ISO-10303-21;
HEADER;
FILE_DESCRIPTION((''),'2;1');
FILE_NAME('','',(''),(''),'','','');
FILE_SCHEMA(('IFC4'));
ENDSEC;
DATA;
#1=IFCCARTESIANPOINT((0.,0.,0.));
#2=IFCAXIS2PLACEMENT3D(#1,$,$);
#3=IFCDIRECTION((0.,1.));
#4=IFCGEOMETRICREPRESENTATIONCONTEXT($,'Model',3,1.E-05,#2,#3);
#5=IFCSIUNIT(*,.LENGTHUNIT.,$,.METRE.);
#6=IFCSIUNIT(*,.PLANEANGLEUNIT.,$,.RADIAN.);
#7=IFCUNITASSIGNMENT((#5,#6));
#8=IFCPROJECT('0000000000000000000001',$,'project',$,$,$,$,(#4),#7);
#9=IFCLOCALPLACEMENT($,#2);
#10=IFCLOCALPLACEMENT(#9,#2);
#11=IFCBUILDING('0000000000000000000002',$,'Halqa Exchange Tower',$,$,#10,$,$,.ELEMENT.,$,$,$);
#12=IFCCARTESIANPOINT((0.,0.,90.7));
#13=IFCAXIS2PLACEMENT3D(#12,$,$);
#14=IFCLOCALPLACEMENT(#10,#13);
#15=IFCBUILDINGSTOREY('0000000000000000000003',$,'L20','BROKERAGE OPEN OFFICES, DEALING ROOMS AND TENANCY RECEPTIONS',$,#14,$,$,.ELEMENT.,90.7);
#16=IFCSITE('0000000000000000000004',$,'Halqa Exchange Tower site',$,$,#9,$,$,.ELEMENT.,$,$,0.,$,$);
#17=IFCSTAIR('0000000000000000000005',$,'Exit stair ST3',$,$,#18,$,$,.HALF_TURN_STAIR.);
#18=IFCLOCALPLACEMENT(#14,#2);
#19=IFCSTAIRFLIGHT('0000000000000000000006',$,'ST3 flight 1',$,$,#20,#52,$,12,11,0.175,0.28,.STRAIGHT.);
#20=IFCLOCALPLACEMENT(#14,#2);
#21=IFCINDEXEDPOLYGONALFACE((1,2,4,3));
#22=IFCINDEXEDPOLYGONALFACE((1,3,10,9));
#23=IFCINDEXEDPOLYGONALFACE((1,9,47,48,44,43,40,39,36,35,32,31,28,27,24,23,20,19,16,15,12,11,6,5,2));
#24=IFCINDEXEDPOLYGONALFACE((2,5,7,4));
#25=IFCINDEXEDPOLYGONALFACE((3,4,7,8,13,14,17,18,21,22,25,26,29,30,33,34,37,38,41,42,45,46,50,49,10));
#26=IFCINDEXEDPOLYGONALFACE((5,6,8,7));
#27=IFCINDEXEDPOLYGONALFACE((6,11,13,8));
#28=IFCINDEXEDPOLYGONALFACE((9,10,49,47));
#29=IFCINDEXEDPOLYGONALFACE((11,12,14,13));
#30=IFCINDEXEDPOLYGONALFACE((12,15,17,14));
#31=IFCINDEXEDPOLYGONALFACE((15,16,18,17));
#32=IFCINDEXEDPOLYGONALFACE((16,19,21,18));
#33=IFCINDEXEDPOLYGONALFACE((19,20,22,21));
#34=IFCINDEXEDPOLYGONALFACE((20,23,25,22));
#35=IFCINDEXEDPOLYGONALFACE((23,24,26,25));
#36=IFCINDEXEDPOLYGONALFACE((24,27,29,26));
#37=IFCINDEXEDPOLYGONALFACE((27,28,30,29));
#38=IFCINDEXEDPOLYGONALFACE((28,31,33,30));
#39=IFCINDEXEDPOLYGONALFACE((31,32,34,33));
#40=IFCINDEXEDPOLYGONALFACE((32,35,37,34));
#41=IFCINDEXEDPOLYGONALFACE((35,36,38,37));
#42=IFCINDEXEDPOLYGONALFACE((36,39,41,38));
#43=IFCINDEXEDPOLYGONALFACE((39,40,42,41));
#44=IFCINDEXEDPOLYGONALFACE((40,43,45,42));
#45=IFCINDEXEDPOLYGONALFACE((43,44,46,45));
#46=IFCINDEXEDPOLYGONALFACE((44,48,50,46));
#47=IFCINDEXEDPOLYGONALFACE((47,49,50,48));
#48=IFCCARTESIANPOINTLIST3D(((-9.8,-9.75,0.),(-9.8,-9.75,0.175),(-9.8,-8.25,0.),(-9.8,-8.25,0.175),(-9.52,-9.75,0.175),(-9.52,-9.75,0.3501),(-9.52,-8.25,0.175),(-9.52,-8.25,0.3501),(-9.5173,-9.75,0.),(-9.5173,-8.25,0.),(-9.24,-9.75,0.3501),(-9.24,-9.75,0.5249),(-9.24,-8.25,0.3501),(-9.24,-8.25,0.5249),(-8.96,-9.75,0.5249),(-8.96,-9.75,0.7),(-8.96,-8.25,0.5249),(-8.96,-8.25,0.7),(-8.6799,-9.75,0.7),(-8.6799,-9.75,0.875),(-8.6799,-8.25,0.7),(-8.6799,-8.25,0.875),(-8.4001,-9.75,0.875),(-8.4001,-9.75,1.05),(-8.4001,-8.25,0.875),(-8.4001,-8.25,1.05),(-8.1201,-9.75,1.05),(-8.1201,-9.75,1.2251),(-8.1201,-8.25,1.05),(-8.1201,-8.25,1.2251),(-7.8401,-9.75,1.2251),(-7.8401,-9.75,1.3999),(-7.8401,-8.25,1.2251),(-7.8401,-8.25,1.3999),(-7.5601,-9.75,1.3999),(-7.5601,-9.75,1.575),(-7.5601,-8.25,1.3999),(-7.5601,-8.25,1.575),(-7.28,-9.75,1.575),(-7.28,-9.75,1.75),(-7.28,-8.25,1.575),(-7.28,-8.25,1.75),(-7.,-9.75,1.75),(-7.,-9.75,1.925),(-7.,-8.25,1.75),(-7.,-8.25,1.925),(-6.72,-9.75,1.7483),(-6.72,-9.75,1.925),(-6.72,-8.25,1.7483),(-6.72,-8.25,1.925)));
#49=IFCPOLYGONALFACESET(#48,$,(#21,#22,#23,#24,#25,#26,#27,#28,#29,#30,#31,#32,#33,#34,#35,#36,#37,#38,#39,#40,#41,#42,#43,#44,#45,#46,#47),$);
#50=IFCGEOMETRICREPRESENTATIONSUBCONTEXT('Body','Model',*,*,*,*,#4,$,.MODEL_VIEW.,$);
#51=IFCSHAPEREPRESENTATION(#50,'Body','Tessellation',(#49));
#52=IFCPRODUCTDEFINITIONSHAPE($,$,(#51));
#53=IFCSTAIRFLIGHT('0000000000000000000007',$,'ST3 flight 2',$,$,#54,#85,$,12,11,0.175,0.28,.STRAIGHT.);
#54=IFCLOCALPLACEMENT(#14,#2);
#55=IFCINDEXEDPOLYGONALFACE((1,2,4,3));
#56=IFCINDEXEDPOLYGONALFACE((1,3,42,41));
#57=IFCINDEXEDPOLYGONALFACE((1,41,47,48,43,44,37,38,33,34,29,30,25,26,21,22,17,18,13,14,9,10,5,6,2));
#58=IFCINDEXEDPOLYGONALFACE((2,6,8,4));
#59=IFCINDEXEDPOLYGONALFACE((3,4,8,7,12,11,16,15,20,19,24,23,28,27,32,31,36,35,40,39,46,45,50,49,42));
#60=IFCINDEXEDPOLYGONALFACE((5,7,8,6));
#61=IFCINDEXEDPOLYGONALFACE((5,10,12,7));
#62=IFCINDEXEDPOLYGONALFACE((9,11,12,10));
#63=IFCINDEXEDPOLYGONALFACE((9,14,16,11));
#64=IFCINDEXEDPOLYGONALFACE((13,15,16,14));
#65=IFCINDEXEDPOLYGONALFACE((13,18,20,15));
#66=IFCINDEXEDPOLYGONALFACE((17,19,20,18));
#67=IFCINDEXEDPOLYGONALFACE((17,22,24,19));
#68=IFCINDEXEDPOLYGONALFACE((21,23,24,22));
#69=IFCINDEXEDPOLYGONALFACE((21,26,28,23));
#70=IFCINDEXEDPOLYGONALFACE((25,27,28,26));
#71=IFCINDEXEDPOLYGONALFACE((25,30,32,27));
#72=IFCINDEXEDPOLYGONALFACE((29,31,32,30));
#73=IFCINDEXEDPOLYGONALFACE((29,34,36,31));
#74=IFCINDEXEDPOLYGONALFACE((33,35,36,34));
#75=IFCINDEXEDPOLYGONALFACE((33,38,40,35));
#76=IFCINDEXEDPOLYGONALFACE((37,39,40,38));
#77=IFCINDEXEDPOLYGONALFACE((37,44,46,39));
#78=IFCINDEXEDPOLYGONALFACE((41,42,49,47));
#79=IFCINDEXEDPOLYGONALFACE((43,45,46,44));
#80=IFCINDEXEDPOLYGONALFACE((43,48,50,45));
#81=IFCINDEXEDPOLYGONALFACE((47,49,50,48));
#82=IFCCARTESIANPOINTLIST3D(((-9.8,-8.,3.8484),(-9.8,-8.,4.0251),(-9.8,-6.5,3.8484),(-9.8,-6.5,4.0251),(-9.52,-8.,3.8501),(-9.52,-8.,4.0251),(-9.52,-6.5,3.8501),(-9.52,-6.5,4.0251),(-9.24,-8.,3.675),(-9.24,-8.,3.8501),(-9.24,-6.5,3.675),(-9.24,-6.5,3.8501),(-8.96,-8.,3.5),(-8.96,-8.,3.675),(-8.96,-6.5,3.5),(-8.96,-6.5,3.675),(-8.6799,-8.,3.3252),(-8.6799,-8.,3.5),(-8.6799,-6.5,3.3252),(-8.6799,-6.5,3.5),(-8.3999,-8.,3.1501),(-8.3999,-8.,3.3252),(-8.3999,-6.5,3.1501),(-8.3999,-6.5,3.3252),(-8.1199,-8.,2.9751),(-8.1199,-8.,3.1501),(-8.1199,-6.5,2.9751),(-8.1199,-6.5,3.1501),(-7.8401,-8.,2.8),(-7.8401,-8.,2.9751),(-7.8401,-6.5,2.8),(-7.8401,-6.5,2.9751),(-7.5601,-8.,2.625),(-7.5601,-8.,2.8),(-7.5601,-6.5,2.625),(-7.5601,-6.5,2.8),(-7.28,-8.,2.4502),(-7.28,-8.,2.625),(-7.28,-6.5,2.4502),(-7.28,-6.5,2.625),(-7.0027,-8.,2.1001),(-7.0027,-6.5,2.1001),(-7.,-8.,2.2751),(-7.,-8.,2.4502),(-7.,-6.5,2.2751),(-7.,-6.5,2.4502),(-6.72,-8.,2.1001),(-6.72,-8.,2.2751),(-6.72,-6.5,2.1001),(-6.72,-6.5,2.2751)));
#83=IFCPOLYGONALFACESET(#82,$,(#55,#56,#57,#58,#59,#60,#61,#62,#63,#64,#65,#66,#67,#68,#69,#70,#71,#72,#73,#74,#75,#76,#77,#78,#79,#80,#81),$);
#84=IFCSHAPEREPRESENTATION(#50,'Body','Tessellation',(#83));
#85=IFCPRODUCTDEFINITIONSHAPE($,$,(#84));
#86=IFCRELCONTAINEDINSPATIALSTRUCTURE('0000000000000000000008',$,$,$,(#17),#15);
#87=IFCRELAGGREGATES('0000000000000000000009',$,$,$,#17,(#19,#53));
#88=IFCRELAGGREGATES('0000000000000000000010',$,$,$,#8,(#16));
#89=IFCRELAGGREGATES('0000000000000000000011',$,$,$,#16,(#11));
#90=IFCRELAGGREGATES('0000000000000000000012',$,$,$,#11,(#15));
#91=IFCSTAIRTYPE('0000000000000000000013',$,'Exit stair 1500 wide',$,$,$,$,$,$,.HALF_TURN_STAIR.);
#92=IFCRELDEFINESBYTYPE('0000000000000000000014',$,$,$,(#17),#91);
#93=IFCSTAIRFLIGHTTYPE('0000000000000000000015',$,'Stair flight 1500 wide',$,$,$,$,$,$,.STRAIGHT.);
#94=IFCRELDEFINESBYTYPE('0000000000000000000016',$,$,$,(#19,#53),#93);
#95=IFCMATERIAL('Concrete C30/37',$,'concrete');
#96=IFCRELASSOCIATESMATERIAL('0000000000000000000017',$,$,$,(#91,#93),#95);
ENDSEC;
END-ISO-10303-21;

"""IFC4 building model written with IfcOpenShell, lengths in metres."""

from ifc_helpers import new_model, si_unit, direction, frame, origin, place, context, subcontext, project, spatial, polyline, outline, extrude, material, type_object, element, aggregate, save


model = new_model("IFC4")

# Units and contexts
model_context = context("Model", 3, precision=1e-05, world=origin(), true_north=direction((0.0, 1.0)))
body_context = subcontext(model_context, "Body", "Model", "MODEL_VIEW")
ifc_project = project(units=[si_unit("LENGTHUNIT", "METRE"), si_unit("PLANEANGLEUNIT", "RADIAN")], contexts=[model_context])

# Site, building, storey
site_placement = place(None, origin())
site = spatial("IfcSite", under=ifc_project, at=site_placement, Name="Halqa Exchange Tower site", CompositionType="ELEMENT", RefElevation=0.0)
building_placement = place(site_placement, origin())
building = spatial("IfcBuilding", under=site, at=building_placement, Name="Halqa Exchange Tower", CompositionType="ELEMENT")
storey_placement = place(building_placement, frame((0.0, 0.0, 90.7)))
storey = spatial("IfcBuildingStorey", under=building, at=storey_placement, Name="L20", Description="BROKERAGE OPEN OFFICES, DEALING ROOMS AND TENANCY RECEPTIONS", CompositionType="ELEMENT", Elevation=90.7)

# Shared definitions
ifc_material_1 = material(Name="Concrete C30/37", Category="concrete")

# Stair, stair flights
stair_type = type_object("IfcStairType", Name="Exit stair 1500 wide", PredefinedType="HALF_TURN_STAIR", material=ifc_material_1)
stair_placement = place(storey_placement, origin())
stair = element("IfcStair", 1, at=stair_placement, inside=storey, type_object=stair_type, Name="Exit stair ST3", PredefinedType="HALF_TURN_STAIR")
stair_flight_type = type_object("IfcStairFlightType", Name="Stair flight 1500 wide", PredefinedType="STRAIGHT", material=ifc_material_1)
stair_flight_1_placement = place(storey_placement, frame((-9.8, -9.0, 0.0), z_axis=(0.0, 0.0, 1.0), x_axis=(1.0, 0.0, 0.0)))
stair_flight_1 = element("IfcStairFlight", 2, at=stair_flight_1_placement, type_object=stair_flight_type, Name="ST3 flight 1", NumberOfRisers=12, NumberOfTreads=11, PredefinedType="STRAIGHT", RiserHeight=0.175, TreadLength=0.28, context=body_context, shape_type="SweptSolid", body=[
    extrude(outline(polyline([(0.0, 0.0), (0.0, 0.175), (0.28, 0.175), (0.28, 0.3501), (0.5601, 0.3501), (0.5601, 0.5249), (0.8401, 0.5249), (0.8401, 0.7), (1.1201, 0.7), (1.1201, 0.875), (1.3999, 0.875), (1.3999, 1.05), (1.6799, 1.05), (1.6799, 1.2251), (1.96, 1.2251), (1.96, 1.3999), (2.24, 1.3999), (2.24, 1.575), (2.52, 1.575), (2.52, 1.75), (2.8, 1.75), (2.8, 1.925), (3.0801, 1.925), (3.0801, 2.1001), (3.0801, 1.7483), (0.2827, 0.0), (0.0, 0.0)])), frame((0.0, 0.75, 0.0), z_axis=(0.0, -1.0, 0.0), x_axis=(1.0, 0.0, 0.0)), (0.0, 0.0, 1.0), 1.5),
])
stair_flight_2_placement = place(storey_placement, frame((-6.72, -7.25, 2.1001), z_axis=(0.0, 0.0, 1.0), x_axis=(-1.0, 0.0, 0.0)))
stair_flight_2 = element("IfcStairFlight", 3, at=stair_flight_2_placement, type_object=stair_flight_type, Name="ST3 flight 2", NumberOfRisers=12, NumberOfTreads=11, PredefinedType="STRAIGHT", RiserHeight=0.175, TreadLength=0.28, context=body_context, shape_type="SweptSolid", body=[
    extrude(outline(polyline([(0.0, 0.0), (0.0, 0.175), (0.28, 0.175), (0.28, 0.3501), (0.5601, 0.3501), (0.5601, 0.5249), (0.8401, 0.5249), (0.8401, 0.7), (1.1201, 0.7), (1.1201, 0.875), (1.3999, 0.875), (1.3999, 1.05), (1.6799, 1.05), (1.6799, 1.2251), (1.96, 1.2251), (1.96, 1.3999), (2.24, 1.3999), (2.24, 1.575), (2.52, 1.575), (2.52, 1.75), (2.8, 1.75), (2.8, 1.925), (3.0801, 1.925), (3.0801, 2.1001), (3.0801, 1.7483), (0.2827, 0.0), (0.0, 0.0)])), frame((0.0, 0.75, 0.0), z_axis=(0.0, -1.0, 0.0), x_axis=(1.0, 0.0, 0.0)), (0.0, 0.0, 1.0), 1.5),
])
aggregate(stair, [stair_flight_1, stair_flight_2])

save(model, "model.ifc")
